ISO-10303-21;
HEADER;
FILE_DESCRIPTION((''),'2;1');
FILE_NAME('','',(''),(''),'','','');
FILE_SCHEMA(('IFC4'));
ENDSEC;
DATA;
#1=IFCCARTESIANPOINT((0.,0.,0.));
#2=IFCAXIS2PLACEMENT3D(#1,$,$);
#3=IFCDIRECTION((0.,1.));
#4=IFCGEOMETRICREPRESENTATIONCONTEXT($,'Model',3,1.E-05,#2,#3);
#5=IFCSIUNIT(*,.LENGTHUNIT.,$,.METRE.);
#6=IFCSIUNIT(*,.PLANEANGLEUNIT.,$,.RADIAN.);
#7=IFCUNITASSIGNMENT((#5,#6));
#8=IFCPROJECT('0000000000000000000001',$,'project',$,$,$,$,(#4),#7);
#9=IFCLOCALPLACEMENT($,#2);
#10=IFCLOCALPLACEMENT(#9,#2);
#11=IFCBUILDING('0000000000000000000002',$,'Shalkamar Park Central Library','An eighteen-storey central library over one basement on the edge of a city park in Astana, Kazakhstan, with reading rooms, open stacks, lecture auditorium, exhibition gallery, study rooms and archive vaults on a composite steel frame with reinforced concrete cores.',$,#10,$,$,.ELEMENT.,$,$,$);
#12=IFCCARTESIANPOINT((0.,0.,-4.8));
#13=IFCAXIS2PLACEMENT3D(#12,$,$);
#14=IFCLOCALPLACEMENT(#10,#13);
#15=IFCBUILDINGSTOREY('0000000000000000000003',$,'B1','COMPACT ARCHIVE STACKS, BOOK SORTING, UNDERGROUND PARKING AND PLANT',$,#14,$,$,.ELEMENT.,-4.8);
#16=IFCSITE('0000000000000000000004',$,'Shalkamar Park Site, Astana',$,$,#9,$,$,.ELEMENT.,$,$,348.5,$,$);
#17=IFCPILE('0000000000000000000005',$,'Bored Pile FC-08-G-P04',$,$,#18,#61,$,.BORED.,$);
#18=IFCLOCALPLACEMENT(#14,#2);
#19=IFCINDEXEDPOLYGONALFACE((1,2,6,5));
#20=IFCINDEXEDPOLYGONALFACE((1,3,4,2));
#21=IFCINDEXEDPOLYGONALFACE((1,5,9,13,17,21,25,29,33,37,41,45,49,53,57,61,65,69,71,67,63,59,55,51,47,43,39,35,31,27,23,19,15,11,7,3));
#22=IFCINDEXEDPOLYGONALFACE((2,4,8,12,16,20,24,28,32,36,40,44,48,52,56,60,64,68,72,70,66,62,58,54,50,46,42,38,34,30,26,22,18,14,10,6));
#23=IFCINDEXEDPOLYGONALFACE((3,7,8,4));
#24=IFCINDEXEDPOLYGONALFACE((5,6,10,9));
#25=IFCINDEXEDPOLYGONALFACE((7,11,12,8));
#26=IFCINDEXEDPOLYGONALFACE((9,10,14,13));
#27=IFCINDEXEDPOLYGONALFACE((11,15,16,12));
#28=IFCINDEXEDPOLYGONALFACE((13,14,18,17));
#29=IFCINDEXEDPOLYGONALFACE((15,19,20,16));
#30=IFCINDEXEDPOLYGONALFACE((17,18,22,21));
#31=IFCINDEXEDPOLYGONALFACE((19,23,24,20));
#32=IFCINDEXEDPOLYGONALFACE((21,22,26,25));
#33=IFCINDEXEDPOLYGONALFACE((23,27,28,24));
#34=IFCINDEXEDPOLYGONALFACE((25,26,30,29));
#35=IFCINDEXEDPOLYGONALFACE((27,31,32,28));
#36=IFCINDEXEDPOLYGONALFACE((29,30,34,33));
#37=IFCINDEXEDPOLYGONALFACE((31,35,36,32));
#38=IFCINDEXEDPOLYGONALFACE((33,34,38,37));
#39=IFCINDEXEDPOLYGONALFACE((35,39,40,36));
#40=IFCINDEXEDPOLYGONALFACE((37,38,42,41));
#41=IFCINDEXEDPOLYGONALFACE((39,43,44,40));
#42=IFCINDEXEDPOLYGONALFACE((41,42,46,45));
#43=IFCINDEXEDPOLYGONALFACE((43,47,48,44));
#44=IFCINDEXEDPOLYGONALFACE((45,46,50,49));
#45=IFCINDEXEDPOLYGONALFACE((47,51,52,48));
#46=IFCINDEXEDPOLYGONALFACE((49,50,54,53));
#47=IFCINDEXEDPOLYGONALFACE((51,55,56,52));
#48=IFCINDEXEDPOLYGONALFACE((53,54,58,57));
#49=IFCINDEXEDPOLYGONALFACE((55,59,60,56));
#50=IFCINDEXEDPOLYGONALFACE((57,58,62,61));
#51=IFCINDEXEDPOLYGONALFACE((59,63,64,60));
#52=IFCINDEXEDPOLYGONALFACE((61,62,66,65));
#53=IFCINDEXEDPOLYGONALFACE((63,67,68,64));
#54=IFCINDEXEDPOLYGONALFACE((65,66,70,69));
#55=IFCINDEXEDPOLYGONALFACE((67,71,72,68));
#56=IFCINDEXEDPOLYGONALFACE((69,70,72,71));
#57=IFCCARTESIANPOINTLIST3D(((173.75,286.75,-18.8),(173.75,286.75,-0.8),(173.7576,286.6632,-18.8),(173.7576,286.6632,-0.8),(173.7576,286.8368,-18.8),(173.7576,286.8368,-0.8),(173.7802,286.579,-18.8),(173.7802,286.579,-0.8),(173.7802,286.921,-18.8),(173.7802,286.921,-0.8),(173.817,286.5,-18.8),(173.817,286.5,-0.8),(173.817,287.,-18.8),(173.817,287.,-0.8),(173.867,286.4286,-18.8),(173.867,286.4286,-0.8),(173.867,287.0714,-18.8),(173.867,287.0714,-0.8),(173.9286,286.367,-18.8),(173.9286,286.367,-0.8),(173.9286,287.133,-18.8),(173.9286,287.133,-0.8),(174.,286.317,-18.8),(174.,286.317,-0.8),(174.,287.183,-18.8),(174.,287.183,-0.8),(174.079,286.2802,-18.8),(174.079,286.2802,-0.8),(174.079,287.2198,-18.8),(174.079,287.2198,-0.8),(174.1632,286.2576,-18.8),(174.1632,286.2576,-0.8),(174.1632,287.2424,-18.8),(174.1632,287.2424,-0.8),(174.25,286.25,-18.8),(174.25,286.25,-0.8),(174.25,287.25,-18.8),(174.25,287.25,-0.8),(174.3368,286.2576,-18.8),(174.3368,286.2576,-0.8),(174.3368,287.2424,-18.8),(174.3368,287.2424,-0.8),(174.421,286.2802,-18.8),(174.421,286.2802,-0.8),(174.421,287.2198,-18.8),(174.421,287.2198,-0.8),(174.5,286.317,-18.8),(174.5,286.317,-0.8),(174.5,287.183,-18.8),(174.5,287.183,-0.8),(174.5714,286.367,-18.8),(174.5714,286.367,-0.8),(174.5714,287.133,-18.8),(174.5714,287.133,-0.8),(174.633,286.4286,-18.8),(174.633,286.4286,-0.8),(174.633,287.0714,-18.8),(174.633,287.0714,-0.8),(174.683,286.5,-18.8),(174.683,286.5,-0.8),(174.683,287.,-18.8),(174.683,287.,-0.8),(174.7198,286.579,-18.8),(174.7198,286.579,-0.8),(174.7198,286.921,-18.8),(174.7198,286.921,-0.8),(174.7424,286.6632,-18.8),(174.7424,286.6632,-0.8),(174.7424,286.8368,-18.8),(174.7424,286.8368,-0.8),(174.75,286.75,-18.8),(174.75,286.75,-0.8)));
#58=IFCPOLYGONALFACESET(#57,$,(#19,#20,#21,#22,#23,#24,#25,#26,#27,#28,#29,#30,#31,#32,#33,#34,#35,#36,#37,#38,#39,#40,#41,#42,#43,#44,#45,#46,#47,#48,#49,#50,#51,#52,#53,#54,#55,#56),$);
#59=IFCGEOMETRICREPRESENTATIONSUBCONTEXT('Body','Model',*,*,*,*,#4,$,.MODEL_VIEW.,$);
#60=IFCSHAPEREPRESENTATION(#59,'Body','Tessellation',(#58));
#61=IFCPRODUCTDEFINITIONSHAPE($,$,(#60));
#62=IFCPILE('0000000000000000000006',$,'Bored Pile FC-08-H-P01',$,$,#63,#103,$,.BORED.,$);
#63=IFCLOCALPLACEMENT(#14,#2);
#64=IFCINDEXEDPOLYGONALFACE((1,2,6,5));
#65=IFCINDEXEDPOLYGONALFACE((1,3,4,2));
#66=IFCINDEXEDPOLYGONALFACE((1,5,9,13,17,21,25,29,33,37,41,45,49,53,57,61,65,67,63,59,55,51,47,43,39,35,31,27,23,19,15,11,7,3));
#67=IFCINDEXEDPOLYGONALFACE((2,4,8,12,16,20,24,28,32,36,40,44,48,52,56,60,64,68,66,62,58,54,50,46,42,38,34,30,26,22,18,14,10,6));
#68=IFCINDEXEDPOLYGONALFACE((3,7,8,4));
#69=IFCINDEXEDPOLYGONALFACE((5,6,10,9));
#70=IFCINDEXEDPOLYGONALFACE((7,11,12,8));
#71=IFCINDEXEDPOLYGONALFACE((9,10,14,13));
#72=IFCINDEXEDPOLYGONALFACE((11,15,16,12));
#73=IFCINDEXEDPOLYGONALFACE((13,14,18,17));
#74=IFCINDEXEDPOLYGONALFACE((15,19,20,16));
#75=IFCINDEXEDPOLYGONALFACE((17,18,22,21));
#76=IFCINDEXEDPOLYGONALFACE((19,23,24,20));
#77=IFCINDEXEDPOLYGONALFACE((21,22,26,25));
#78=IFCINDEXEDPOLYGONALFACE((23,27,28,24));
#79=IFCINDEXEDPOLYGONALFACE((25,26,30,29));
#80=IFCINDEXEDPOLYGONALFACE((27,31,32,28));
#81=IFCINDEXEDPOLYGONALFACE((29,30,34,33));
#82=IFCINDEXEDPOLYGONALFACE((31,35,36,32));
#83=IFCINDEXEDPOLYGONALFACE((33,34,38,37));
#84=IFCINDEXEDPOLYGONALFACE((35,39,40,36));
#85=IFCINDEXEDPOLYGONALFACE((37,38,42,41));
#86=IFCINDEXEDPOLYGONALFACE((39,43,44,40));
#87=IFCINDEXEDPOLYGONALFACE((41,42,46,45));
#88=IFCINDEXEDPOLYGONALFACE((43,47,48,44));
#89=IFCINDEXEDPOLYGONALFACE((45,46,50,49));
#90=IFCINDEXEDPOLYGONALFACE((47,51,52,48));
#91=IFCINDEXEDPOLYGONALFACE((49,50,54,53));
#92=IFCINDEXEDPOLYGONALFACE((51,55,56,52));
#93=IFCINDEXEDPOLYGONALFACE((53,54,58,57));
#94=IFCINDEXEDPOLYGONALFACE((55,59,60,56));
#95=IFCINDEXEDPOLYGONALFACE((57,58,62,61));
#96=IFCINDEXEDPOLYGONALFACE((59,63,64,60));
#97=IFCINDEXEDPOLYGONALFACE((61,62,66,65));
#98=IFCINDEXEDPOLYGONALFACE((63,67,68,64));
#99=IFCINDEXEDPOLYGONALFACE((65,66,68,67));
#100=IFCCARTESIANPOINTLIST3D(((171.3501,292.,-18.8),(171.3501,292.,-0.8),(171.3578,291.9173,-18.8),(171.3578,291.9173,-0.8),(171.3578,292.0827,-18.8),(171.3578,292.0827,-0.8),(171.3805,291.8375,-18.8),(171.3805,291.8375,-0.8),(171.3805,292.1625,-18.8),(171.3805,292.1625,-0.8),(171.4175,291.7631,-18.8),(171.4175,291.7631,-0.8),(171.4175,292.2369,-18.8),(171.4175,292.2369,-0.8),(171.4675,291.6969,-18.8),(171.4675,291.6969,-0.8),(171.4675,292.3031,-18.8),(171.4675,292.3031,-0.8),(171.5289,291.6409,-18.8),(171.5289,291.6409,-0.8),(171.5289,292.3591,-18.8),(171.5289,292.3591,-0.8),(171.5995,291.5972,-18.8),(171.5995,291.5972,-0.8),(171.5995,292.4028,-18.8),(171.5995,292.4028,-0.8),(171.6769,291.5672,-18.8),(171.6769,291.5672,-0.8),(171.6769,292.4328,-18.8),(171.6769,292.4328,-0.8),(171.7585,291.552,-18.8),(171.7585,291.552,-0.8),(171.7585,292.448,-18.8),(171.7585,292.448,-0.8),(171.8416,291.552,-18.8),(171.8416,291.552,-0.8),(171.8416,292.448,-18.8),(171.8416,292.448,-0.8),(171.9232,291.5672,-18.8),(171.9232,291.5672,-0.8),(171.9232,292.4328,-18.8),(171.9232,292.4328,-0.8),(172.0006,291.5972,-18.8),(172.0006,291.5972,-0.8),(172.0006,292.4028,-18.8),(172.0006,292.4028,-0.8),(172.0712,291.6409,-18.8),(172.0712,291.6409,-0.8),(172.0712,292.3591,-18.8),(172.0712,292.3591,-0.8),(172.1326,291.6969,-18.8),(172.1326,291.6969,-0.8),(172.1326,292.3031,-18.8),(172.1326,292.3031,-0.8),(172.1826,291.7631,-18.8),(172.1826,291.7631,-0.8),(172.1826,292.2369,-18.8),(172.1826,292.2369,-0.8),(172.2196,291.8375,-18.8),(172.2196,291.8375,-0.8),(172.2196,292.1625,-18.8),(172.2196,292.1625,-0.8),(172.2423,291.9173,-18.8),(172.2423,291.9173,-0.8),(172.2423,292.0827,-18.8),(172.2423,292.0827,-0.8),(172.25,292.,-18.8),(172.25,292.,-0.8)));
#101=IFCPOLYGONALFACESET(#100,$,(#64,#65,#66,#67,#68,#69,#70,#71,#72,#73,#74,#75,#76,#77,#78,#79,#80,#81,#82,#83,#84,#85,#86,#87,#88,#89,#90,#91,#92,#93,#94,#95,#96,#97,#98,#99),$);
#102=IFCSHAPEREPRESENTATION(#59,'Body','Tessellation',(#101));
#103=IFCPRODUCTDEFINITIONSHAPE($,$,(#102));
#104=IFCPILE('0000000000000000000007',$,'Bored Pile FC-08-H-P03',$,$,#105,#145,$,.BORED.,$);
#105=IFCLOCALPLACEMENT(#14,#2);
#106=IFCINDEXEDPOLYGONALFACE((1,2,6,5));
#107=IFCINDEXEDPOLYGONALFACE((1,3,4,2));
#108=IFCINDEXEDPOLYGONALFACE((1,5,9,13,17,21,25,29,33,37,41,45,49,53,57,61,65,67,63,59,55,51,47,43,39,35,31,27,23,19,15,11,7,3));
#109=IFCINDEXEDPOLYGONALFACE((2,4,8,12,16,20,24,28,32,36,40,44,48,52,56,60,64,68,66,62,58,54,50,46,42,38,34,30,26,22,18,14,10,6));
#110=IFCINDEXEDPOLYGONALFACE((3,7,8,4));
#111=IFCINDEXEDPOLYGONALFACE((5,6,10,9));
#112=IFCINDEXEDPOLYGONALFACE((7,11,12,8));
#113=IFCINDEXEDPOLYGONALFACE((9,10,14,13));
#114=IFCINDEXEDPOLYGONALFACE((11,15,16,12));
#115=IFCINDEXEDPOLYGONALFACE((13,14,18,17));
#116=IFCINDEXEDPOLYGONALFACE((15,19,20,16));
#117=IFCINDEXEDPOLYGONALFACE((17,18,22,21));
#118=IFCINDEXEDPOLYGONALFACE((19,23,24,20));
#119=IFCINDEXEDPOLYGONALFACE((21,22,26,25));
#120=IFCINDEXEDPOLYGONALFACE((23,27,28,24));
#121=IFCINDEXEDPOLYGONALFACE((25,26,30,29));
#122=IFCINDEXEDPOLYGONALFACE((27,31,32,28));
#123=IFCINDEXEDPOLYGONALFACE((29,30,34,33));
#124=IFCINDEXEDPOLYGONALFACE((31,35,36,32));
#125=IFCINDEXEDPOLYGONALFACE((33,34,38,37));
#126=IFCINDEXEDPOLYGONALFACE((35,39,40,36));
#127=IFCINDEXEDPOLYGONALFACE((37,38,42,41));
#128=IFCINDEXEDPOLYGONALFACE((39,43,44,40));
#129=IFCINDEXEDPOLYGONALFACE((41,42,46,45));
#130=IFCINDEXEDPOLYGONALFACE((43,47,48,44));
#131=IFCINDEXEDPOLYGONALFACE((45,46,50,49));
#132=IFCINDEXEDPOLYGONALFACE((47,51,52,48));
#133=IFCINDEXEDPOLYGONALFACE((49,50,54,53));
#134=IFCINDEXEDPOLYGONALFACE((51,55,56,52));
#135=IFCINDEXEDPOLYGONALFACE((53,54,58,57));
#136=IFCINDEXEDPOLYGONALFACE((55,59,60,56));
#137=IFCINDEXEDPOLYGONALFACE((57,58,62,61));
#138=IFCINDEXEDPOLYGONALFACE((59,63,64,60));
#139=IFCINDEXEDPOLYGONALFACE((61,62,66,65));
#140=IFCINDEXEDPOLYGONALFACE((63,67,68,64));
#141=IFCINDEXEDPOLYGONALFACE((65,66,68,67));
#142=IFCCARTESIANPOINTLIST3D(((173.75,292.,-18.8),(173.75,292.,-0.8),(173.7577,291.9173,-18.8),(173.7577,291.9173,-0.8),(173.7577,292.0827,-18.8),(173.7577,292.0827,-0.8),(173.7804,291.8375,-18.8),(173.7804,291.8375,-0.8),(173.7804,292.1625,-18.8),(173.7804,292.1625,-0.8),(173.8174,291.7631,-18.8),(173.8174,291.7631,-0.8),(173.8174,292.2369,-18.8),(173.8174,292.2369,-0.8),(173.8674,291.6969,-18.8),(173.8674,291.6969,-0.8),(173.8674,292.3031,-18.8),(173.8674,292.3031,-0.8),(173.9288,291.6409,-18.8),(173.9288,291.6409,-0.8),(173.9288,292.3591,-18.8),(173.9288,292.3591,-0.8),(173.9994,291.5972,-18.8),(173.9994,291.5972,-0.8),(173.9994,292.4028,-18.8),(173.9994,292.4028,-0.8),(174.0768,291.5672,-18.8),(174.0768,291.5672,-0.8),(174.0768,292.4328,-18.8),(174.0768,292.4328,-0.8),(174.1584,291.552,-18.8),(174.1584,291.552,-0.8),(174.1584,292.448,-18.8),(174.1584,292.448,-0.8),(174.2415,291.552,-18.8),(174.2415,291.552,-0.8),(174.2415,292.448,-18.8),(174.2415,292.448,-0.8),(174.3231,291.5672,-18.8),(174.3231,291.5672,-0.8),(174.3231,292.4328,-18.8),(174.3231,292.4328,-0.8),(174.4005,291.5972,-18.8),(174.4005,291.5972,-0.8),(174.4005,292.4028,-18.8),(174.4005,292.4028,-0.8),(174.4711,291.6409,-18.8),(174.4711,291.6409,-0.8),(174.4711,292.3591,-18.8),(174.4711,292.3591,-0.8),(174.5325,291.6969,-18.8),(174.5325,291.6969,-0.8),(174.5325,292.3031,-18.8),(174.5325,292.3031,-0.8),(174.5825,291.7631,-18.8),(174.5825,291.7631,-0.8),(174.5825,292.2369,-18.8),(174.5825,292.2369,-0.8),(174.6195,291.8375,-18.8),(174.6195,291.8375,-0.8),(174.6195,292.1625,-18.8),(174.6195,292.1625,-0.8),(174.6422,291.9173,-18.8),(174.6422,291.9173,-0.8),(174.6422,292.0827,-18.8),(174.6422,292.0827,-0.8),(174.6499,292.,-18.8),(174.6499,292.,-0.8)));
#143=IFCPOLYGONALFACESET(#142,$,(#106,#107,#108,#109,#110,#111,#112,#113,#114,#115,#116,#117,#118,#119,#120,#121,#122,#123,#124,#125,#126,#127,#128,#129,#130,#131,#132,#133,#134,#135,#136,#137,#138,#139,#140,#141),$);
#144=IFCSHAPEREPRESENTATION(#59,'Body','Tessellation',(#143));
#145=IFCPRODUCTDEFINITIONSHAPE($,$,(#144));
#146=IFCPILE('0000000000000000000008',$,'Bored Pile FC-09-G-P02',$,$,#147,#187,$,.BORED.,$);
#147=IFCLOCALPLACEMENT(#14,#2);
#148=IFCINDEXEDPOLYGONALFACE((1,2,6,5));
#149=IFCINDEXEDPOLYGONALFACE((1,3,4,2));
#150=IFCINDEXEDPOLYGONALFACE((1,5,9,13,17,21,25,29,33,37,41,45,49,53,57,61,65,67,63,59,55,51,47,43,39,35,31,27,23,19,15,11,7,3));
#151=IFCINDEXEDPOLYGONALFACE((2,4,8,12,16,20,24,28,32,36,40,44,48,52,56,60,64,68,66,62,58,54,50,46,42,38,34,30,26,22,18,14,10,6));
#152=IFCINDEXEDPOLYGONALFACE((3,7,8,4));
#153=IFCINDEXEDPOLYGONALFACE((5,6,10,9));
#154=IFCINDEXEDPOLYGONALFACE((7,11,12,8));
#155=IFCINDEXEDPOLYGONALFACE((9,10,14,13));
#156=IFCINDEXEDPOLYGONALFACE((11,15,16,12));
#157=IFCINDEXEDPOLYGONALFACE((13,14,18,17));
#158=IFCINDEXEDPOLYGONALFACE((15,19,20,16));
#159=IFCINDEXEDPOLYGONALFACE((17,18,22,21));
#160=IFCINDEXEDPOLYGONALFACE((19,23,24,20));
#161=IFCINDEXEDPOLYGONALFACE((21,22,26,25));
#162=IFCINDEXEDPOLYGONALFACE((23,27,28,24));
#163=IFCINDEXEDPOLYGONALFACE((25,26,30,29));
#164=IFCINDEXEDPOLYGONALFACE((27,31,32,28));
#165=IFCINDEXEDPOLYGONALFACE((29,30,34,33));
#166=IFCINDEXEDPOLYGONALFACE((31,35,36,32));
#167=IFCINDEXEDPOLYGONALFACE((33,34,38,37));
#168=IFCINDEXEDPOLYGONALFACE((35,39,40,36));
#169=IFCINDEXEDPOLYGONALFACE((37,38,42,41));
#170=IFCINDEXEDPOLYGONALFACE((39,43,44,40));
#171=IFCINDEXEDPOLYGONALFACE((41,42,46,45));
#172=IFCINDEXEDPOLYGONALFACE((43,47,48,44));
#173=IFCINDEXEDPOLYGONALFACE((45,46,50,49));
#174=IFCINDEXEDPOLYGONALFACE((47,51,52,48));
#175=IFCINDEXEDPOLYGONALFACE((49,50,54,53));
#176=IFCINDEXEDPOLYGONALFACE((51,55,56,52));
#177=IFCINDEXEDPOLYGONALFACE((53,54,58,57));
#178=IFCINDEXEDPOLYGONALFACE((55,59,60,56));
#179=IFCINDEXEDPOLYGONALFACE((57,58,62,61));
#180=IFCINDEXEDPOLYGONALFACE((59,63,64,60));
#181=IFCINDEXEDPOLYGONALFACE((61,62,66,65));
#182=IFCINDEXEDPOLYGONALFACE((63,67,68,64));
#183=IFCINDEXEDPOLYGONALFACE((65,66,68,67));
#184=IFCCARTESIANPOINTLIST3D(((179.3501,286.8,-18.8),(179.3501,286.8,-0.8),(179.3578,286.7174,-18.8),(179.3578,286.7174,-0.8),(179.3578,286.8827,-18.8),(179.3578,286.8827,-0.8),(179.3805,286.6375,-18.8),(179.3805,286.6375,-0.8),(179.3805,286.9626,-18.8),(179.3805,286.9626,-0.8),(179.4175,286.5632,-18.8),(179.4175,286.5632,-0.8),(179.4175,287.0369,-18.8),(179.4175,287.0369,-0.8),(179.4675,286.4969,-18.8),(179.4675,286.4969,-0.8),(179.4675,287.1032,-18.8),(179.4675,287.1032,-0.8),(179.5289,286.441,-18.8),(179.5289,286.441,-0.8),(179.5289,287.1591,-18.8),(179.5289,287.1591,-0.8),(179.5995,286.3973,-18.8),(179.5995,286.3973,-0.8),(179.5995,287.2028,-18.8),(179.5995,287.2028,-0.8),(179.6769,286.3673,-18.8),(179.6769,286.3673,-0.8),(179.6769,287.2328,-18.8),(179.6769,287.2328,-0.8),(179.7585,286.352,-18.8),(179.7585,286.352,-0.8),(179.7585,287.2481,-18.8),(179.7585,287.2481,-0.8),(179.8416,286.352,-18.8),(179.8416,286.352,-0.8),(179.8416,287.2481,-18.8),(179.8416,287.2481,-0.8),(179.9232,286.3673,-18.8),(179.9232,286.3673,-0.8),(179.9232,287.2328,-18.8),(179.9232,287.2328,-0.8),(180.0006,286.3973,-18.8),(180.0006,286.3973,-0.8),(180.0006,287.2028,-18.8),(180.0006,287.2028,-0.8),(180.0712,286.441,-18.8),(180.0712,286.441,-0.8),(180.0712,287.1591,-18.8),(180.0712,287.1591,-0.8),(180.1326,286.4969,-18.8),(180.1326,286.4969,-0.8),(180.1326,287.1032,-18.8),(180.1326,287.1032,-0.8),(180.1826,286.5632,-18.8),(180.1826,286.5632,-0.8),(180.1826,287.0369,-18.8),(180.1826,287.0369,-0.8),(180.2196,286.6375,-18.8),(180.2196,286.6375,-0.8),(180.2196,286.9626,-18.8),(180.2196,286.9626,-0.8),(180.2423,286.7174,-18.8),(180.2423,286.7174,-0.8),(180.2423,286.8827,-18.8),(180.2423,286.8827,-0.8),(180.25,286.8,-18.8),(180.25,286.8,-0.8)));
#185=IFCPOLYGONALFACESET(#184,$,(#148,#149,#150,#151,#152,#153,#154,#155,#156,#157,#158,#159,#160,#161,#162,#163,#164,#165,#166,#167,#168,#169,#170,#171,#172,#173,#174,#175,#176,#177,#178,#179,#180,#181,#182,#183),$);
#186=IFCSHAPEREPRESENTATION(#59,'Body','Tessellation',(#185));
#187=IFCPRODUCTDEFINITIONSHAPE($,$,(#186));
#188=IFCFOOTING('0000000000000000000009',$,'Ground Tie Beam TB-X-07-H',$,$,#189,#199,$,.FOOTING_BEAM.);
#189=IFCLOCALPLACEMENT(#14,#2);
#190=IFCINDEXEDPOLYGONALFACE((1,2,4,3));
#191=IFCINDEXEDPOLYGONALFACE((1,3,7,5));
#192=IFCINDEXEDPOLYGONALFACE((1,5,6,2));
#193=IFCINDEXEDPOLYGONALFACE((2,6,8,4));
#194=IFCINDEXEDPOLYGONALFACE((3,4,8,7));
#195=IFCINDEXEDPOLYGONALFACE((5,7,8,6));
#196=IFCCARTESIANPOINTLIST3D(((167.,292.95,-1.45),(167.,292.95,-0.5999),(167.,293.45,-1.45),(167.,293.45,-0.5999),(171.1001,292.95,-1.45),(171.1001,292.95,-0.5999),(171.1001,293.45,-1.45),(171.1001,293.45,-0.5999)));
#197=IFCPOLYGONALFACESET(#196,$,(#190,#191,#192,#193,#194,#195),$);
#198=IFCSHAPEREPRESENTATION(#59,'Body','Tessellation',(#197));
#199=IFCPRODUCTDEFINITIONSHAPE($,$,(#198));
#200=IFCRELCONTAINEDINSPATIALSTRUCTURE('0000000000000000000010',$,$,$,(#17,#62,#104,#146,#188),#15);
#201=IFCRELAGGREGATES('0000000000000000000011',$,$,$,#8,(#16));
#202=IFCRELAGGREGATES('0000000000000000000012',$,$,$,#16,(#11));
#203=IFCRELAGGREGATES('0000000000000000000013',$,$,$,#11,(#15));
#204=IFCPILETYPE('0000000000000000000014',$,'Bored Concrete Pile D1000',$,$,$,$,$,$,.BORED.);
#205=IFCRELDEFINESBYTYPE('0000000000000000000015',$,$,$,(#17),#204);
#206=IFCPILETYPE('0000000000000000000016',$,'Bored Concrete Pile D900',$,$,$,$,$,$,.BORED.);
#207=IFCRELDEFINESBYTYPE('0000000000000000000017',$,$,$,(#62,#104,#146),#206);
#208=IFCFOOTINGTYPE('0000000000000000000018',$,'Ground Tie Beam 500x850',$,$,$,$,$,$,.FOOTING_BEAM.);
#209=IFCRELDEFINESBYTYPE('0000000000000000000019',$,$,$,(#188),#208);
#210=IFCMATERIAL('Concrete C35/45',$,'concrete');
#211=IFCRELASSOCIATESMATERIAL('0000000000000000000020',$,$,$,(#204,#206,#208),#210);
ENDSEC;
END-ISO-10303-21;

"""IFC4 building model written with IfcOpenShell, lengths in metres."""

from ifc_helpers import new_model, si_unit, direction, frame, origin, origin_2d, place, context, subcontext, project, spatial, rectangle, circle, extrude, material, material_profile, profile_set, type_object, element, save


model = new_model("IFC4")

# Units and contexts
model_context = context("Model", 3, precision=1e-05, world=origin(), true_north=direction((0.0, 1.0)))
body_context = subcontext(model_context, "Body", "Model", "MODEL_VIEW")
ifc_project = project(units=[si_unit("LENGTHUNIT", "METRE"), si_unit("PLANEANGLEUNIT", "RADIAN")], contexts=[model_context])

# Site, building, storey
site_placement = place(None, origin())
site = spatial("IfcSite", under=ifc_project, at=site_placement, Name="Shalkamar Park Site, Astana", CompositionType="ELEMENT", RefElevation=348.5)
building_placement = place(site_placement, origin())
building = spatial("IfcBuilding", under=site, at=building_placement, Name="Shalkamar Park Central Library", Description="An eighteen-storey central library over one basement on the edge of a city park in Astana, Kazakhstan, with reading rooms, open stacks, lecture auditorium, exhibition gallery, study rooms and archive vaults on a composite steel frame with reinforced concrete cores.", CompositionType="ELEMENT")
storey_placement = place(building_placement, frame((0.0, 0.0, -4.8)))
storey = spatial("IfcBuildingStorey", under=building, at=storey_placement, Name="B1", Description="COMPACT ARCHIVE STACKS, BOOK SORTING, UNDERGROUND PARKING AND PLANT", CompositionType="ELEMENT", Elevation=-4.8)

# Piles
ifc_material_1 = material(Name="Concrete C35/45", Category="concrete")
ifc_material_profile_1 = material_profile(ifc_material_1, circle(Radius=0.5, at=origin_2d()), Name="PILE D1000")
ifc_profile_set_1 = profile_set([ifc_material_profile_1], Name="Concrete C35/45")
pile_type_1 = type_object("IfcPileType", Name="Bored Concrete Pile D1000", PredefinedType="BORED", material=ifc_profile_set_1)
for number, where, z_axis, x_axis, name in (
    (1, (174.25, 286.75, -0.8), (0.0, 0.0, -1.0), (1.0, 0.0, 0.0), "Bored Pile FC-08-G-P04"),
):
    element("IfcPile", number, at=place(storey_placement, frame(where, z_axis=z_axis, x_axis=x_axis)), inside=storey, type_object=pile_type_1, Name=name, PredefinedType="BORED", context=body_context, shape_type="SweptSolid", body=[
        extrude(circle(Radius=0.5, at=origin_2d()), origin(), (0.0, 0.0, 1.0), 18.0),
    ])
ifc_material_profile_2 = material_profile(ifc_material_1, circle(Radius=0.45, at=origin_2d()), Name="PILE D900")
ifc_profile_set_2 = profile_set([ifc_material_profile_2], Name="Concrete C35/45")
pile_type_2 = type_object("IfcPileType", Name="Bored Concrete Pile D900", PredefinedType="BORED", material=ifc_profile_set_2)
for number, where, z_axis, x_axis, name in (
    (2, (171.8, 292.0, -0.8), (0.0, 0.0, -1.0), (1.0, 0.0, 0.0), "Bored Pile FC-08-H-P01"),
    (3, (174.2, 292.0, -0.8), (0.0, 0.0, -1.0), (1.0, 0.0, 0.0), "Bored Pile FC-08-H-P03"),
    (4, (179.8, 286.8, -0.8), (0.0, 0.0, -1.0), (1.0, 0.0, 0.0), "Bored Pile FC-09-G-P02"),
):
    element("IfcPile", number, at=place(storey_placement, frame(where, z_axis=z_axis, x_axis=x_axis)), inside=storey, type_object=pile_type_2, Name=name, PredefinedType="BORED", context=body_context, shape_type="SweptSolid", body=[
        extrude(circle(Radius=0.45, at=origin_2d()), origin(), (0.0, 0.0, 1.0), 18.0),
    ])

# Footing
footing_type_1 = type_object("IfcFootingType", Name="Ground Tie Beam 500x850", PredefinedType="FOOTING_BEAM", material=ifc_material_1)
footing_1_placement = place(storey_placement, frame((169.05, 293.2, -1.45), z_axis=(0.0, 0.0, 1.0), x_axis=(1.0, 0.0, 0.0)))
element("IfcFooting", 5, at=footing_1_placement, inside=storey, type_object=footing_type_1, Name="Ground Tie Beam TB-X-07-H", PredefinedType="FOOTING_BEAM", context=body_context, shape_type="SweptSolid", body=[
    extrude(rectangle(XDim=4.1001, YDim=0.5, at=origin_2d()), origin(), (0.0, 0.0, 1.0), 0.8501),
])

save(model, "model.ifc")
